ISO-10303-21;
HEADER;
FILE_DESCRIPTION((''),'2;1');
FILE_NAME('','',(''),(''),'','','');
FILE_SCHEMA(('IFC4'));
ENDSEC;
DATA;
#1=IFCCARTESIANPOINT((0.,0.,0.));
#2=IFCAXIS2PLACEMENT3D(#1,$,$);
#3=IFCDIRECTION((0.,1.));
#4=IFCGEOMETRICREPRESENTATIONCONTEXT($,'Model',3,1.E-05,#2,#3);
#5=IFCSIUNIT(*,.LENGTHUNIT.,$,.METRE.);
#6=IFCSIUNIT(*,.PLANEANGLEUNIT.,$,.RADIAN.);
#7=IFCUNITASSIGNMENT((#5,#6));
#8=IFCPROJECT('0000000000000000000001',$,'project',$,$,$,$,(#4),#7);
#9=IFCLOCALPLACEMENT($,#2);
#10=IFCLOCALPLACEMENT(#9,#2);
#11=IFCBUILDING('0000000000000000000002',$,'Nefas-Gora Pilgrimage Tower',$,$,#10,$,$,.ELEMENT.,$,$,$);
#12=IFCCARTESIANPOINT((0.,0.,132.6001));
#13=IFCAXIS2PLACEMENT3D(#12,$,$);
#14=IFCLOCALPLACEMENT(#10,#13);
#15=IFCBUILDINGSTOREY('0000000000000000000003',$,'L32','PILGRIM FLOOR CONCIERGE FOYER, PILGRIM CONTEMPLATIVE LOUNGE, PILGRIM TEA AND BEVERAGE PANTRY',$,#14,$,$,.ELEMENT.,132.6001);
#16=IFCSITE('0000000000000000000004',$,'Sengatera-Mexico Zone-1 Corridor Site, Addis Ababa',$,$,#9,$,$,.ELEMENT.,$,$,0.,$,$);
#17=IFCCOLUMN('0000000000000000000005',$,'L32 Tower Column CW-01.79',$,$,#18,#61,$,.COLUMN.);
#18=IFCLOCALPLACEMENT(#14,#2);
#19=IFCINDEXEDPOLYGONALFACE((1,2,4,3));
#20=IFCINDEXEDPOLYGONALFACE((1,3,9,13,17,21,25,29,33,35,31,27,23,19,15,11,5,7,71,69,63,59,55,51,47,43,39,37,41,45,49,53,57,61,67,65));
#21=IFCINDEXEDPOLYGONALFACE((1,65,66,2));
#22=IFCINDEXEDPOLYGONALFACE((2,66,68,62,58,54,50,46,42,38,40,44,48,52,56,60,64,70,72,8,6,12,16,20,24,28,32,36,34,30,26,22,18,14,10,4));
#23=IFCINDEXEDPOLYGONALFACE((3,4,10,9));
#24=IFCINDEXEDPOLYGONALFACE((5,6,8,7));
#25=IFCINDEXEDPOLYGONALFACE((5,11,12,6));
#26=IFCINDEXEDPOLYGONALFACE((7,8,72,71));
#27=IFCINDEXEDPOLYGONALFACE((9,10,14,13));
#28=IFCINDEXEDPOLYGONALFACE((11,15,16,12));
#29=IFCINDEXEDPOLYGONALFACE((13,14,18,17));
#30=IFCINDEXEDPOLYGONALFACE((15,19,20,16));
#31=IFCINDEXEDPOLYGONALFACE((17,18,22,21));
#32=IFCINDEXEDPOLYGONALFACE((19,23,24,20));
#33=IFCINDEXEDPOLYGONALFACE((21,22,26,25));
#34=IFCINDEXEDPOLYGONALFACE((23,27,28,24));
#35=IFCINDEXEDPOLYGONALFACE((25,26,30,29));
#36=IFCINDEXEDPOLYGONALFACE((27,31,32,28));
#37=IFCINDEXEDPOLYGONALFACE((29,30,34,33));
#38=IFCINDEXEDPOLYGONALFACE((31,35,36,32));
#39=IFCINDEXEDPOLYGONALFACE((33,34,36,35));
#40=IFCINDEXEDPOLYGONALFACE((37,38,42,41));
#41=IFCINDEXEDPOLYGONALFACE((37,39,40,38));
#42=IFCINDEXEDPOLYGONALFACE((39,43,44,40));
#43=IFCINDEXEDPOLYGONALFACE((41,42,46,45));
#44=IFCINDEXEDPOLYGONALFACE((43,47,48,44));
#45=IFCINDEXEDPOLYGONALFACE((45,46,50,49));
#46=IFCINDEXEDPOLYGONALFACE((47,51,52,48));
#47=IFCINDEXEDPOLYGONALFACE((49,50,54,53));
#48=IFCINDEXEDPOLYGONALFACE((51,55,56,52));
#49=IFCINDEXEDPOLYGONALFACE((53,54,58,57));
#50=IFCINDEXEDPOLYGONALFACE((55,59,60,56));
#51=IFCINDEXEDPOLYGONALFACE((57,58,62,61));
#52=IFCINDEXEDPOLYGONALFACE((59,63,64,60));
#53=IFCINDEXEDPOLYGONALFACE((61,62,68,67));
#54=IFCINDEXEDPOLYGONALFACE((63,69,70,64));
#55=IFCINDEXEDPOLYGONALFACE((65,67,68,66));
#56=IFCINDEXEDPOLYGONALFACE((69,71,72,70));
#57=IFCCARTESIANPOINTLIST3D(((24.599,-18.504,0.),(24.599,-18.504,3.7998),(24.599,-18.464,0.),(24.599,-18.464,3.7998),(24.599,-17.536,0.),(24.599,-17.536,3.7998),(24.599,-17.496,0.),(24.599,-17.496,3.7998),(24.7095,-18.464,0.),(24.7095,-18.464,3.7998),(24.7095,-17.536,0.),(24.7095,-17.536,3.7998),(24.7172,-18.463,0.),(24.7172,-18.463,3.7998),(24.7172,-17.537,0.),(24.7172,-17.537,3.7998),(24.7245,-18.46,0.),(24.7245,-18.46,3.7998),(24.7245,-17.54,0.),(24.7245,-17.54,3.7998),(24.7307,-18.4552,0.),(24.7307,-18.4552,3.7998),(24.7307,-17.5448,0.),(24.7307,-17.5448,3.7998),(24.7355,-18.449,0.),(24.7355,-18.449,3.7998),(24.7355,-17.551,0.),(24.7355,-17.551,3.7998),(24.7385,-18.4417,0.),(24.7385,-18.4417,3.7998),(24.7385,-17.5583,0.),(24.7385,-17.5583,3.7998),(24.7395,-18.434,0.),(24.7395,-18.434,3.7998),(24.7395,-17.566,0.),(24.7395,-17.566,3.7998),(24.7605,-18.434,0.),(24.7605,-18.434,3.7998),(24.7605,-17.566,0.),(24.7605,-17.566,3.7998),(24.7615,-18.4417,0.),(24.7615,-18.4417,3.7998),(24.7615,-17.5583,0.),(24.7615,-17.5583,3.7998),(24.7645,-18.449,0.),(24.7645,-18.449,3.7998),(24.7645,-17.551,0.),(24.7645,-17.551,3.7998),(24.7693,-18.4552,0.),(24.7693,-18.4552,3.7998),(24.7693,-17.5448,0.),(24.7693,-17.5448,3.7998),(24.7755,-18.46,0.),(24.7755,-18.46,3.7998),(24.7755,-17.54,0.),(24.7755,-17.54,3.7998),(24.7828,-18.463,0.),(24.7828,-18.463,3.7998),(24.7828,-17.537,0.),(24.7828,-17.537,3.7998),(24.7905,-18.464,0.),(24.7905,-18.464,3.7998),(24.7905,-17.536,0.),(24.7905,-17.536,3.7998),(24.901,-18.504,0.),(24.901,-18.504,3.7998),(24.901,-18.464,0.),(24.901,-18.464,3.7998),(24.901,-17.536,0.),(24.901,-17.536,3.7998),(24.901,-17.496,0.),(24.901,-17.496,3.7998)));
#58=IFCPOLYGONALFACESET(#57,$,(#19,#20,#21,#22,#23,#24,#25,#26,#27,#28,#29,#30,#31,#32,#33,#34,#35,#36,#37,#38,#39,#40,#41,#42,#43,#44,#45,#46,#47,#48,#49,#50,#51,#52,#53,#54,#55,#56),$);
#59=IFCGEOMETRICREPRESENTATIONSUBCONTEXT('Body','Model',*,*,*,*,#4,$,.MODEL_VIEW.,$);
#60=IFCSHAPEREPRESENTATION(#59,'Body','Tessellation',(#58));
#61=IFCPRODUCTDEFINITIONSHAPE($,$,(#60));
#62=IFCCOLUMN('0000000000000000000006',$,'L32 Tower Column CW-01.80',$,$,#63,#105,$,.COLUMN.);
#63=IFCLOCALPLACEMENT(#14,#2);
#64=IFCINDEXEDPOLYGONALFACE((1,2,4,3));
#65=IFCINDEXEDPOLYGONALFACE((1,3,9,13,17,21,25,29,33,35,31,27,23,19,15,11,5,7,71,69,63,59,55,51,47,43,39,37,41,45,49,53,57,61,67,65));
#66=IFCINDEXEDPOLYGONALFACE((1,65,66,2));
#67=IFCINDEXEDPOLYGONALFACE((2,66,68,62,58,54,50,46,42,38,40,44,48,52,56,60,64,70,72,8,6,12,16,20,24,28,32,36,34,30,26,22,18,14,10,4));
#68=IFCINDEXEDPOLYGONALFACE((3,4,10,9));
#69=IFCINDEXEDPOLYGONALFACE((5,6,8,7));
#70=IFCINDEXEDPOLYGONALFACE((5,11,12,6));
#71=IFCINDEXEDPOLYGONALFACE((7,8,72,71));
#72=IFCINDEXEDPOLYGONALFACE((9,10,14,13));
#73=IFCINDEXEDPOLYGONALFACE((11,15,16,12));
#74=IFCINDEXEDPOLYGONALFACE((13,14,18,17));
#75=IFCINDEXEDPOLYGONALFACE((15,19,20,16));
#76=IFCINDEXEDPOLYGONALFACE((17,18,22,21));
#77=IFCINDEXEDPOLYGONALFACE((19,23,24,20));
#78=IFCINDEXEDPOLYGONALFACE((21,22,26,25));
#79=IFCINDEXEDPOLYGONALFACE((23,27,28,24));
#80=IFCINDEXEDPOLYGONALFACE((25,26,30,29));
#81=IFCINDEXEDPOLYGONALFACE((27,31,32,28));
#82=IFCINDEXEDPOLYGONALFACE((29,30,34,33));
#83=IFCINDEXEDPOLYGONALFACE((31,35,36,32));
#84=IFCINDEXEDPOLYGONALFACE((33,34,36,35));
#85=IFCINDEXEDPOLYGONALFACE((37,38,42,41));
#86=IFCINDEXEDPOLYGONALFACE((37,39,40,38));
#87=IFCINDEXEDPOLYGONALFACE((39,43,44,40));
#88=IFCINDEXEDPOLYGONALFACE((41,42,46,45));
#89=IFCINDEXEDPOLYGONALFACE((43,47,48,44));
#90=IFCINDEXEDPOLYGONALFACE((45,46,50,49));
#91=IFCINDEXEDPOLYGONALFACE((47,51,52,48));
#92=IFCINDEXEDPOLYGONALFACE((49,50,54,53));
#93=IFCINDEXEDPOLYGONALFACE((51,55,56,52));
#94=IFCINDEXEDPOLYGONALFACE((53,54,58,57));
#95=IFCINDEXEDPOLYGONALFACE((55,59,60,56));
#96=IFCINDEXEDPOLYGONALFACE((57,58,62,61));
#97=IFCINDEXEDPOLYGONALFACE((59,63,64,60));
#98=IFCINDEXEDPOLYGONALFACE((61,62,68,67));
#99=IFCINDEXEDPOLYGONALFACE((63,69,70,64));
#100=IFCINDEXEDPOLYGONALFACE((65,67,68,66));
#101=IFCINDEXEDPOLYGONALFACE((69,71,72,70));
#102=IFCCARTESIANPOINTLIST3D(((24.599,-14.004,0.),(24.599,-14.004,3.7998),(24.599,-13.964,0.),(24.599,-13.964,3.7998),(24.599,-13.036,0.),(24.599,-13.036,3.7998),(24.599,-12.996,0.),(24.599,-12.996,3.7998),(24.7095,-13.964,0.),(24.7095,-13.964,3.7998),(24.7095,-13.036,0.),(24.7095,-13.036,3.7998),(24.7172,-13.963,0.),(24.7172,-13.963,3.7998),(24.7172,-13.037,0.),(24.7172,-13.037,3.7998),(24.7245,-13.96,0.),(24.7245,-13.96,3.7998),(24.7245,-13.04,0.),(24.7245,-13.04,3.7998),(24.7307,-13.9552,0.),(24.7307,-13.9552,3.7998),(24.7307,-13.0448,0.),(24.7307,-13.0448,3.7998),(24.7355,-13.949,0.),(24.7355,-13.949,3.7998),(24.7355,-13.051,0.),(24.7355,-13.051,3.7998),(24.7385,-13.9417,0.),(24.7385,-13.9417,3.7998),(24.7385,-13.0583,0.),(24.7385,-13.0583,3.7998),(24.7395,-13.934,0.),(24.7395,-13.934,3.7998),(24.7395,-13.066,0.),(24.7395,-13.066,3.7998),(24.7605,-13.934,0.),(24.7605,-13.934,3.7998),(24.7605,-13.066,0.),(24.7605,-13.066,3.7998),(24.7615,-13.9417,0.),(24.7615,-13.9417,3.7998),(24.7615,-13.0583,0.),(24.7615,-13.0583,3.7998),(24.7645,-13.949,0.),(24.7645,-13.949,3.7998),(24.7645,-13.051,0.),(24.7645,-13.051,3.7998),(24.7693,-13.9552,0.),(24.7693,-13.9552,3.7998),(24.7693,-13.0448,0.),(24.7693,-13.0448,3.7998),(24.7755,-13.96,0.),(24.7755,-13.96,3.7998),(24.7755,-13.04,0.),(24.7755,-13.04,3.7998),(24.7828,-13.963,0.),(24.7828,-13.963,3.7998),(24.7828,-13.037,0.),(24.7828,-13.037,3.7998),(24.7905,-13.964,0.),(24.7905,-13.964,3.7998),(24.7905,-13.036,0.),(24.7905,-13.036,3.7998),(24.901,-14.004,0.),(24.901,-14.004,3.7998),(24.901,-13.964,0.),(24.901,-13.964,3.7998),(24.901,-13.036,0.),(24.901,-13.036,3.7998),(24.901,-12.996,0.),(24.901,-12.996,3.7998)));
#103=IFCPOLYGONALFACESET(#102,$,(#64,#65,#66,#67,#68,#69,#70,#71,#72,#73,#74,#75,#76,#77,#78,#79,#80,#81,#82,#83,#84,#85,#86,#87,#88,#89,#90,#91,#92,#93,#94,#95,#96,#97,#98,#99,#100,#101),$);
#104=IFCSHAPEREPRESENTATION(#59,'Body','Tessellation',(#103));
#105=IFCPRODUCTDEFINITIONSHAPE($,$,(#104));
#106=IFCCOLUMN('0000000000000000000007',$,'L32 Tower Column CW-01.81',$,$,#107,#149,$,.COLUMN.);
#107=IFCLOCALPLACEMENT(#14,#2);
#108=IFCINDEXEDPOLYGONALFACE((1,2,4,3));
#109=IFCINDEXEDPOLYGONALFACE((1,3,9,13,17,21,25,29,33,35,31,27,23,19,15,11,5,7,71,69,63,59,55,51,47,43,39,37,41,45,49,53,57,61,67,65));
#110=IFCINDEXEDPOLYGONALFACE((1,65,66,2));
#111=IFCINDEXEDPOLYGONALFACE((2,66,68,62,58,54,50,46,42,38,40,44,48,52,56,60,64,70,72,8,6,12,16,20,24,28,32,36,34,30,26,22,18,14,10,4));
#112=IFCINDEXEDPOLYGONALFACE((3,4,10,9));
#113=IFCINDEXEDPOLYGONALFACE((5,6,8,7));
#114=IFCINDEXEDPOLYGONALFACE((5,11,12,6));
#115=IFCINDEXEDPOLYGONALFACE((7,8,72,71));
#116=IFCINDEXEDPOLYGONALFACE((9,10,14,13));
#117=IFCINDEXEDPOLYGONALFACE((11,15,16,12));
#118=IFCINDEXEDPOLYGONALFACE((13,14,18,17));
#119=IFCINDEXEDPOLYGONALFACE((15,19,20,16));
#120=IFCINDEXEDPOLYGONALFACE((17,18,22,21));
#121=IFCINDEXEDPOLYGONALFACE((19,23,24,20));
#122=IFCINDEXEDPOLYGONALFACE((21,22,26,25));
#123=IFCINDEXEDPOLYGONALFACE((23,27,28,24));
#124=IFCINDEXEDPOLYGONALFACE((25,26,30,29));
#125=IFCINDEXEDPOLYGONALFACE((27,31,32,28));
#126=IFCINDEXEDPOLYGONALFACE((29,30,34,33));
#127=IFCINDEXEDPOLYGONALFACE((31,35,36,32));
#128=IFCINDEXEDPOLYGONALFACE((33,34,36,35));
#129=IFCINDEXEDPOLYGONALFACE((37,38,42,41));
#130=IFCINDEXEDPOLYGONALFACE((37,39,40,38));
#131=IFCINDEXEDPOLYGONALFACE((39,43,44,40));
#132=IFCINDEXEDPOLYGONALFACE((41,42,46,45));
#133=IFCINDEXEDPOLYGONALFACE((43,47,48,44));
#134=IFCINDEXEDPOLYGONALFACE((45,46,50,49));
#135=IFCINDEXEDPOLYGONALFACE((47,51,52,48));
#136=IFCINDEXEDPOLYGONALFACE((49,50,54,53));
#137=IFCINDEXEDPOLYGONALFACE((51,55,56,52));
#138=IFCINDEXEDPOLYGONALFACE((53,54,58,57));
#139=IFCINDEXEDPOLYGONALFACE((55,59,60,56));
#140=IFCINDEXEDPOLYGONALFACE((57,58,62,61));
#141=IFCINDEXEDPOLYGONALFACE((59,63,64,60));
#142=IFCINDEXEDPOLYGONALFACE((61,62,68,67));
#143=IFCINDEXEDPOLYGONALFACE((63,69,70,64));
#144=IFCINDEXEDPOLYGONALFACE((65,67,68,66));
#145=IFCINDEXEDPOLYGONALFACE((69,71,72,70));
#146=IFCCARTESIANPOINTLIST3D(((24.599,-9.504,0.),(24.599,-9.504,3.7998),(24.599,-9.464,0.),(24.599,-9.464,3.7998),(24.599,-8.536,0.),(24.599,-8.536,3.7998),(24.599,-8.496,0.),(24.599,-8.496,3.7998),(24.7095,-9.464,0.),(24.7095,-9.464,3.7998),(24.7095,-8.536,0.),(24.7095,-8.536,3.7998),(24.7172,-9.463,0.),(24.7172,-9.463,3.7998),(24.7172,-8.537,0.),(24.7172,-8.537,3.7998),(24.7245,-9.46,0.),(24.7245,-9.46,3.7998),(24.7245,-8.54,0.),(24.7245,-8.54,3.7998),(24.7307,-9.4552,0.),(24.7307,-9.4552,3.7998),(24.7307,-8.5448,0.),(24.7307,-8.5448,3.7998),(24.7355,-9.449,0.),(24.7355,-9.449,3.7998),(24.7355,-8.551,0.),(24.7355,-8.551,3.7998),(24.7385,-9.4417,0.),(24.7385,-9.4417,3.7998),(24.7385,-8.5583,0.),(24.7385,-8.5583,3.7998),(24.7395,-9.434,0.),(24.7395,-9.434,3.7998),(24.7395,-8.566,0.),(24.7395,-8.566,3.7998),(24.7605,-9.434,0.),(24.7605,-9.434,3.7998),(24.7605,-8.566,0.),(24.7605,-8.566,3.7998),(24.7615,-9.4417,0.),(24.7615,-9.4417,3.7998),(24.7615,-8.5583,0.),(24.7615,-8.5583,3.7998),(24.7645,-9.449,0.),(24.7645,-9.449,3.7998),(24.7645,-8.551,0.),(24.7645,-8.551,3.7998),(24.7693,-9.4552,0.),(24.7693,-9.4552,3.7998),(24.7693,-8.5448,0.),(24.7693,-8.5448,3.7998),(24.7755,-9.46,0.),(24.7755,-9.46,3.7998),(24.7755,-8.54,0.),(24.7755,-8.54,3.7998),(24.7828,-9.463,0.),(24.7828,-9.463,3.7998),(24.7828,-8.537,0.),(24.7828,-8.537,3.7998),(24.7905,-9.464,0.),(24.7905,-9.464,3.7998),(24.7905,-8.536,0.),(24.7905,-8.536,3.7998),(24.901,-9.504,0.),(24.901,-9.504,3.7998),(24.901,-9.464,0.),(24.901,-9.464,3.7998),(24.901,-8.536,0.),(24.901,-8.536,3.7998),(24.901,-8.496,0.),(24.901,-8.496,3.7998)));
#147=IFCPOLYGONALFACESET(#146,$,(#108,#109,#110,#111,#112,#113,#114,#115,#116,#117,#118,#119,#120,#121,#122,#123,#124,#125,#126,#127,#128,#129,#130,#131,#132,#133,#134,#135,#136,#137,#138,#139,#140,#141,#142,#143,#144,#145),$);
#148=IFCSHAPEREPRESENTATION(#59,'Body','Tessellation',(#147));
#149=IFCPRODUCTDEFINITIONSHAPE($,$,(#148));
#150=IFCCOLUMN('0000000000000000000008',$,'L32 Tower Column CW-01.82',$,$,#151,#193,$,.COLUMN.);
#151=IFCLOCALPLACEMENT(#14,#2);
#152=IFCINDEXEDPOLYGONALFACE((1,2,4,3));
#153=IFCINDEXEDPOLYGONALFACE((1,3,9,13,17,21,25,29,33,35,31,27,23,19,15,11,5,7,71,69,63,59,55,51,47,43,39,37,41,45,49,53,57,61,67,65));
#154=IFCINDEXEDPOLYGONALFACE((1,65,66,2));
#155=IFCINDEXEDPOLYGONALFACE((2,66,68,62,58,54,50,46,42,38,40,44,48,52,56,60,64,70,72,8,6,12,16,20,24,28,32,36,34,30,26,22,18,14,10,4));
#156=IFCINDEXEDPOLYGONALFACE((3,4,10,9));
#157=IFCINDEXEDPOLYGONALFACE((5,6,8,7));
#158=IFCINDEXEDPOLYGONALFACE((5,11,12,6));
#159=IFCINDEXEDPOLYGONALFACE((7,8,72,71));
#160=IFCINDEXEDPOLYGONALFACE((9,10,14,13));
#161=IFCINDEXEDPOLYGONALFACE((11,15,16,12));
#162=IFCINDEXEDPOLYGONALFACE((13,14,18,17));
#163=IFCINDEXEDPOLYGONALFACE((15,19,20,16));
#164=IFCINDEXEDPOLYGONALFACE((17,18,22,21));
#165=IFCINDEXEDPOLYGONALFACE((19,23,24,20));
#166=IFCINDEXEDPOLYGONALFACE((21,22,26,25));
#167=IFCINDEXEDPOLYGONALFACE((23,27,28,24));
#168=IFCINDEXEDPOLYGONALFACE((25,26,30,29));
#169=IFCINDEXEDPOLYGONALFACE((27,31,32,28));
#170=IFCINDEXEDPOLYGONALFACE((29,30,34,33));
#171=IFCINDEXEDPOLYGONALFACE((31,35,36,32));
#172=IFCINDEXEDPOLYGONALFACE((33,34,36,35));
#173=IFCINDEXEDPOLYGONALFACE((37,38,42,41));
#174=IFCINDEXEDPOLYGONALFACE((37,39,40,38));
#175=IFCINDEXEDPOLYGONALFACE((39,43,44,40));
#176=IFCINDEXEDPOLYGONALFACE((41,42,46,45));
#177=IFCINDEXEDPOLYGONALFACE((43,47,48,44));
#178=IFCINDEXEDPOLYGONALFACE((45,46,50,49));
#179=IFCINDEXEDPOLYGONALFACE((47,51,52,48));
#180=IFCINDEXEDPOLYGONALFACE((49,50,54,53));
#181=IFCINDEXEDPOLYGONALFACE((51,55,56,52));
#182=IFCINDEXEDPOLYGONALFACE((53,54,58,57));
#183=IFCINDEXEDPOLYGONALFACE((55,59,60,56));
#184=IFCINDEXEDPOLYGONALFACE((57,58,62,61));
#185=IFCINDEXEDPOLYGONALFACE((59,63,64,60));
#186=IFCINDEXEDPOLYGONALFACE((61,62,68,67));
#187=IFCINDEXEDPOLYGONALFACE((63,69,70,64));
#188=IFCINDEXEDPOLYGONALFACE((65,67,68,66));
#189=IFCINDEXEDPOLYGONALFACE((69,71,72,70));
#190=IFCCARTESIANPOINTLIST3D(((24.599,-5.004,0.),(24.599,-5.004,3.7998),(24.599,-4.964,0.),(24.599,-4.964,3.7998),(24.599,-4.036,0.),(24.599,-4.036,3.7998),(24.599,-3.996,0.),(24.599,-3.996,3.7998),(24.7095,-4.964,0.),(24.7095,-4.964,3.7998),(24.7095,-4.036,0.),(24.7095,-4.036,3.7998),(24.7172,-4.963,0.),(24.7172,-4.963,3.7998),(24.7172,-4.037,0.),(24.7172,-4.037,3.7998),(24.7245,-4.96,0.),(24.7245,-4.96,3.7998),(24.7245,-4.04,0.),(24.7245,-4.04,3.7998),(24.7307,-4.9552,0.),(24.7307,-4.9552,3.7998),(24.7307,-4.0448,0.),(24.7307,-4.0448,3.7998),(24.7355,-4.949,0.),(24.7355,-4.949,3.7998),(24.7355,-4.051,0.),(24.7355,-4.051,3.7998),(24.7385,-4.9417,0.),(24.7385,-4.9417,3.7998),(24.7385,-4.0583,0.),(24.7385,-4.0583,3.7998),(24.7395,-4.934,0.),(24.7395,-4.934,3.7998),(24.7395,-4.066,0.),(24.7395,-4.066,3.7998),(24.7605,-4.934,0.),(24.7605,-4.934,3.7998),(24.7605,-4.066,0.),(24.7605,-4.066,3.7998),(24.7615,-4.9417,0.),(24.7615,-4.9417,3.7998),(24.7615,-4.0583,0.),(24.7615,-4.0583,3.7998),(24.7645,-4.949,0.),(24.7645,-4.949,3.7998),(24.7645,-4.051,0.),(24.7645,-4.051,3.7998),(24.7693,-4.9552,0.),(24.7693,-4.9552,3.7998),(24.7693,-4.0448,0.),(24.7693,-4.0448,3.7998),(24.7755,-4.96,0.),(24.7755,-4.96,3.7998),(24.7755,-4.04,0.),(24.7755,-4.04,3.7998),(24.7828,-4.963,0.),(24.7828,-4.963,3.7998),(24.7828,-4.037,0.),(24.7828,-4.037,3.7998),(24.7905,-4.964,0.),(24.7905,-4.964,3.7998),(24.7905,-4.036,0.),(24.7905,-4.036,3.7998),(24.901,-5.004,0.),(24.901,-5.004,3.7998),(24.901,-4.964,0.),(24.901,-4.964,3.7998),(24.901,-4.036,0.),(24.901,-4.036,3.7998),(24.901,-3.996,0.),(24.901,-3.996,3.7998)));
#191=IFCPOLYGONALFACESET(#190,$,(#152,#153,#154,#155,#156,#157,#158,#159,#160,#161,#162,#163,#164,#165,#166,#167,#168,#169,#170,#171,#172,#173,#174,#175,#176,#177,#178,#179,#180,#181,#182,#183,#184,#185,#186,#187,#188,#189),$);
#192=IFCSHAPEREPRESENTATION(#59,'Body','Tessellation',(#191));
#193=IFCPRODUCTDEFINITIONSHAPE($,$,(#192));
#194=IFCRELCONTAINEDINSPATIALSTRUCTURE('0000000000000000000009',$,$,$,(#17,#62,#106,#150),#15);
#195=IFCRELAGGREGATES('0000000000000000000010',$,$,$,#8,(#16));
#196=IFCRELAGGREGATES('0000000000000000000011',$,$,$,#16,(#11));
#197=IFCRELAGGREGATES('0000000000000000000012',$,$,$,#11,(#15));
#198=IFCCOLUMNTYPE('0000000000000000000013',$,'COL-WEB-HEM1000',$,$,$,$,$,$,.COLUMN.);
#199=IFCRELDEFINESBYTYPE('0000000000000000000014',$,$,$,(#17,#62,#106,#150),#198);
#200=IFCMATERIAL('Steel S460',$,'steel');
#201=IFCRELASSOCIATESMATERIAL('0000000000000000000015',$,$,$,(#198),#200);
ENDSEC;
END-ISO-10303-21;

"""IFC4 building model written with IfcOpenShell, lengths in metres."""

from ifc_helpers import new_model, si_unit, direction, frame, origin, origin_2d, place, context, subcontext, project, spatial, i_section, extrude, source, transform, mapped, material, material_profile, profile_set, type_object, element, save


model = new_model("IFC4")

# Units and contexts
model_context = context("Model", 3, precision=1e-05, world=origin(), true_north=direction((0.0, 1.0)))
body_context = subcontext(model_context, "Body", "Model", "MODEL_VIEW")
ifc_project = project(units=[si_unit("LENGTHUNIT", "METRE"), si_unit("PLANEANGLEUNIT", "RADIAN")], contexts=[model_context])

# Site, building, storey
site_placement = place(None, origin())
site = spatial("IfcSite", under=ifc_project, at=site_placement, Name="Sengatera-Mexico Zone-1 Corridor Site, Addis Ababa", CompositionType="ELEMENT", RefElevation=0.0)
building_placement = place(site_placement, origin())
building = spatial("IfcBuilding", under=site, at=building_placement, Name="Nefas-Gora Pilgrimage Tower", CompositionType="ELEMENT")
storey_placement = place(building_placement, frame((0.0, 0.0, 132.6001)))
storey = spatial("IfcBuildingStorey", under=building, at=storey_placement, Name="L32", Description="PILGRIM FLOOR CONCIERGE FOYER, PILGRIM CONTEMPLATIVE LOUNGE, PILGRIM TEA AND BEVERAGE PANTRY", CompositionType="ELEMENT", Elevation=132.6001)

# Columns
ifc_material_1 = material(Name="Steel S460", Category="steel")
ifc_material_profile_1 = material_profile(ifc_material_1, i_section(OverallWidth=0.302, OverallDepth=1.0081, WebThickness=0.021, FlangeThickness=0.04, FilletRadius=0.03, at=origin_2d()), Name="HEM 1000")
ifc_profile_set_1 = profile_set([ifc_material_profile_1], Name="Steel S460")
column_type_1 = type_object("IfcColumnType", Name="COL-WEB-HEM1000", PredefinedType="COLUMN", material=ifc_profile_set_1)
shared_shape_1 = source(origin(), body_context, "Body", "SweptSolid", [
    extrude(i_section(OverallWidth=0.302, OverallDepth=1.0081, WebThickness=0.021, FlangeThickness=0.04, FilletRadius=0.03, at=origin_2d()), origin(), (0.0, 0.0, 1.0), 3.7998),
])
for number, where, z_axis, x_axis, name in (
    (1, (24.75, -18.0, 0.0), (0.0, 0.0, 1.0), (1.0, 0.0, 0.0), "L32 Tower Column CW-01.79"),
    (2, (24.75, -13.5, 0.0), (0.0, 0.0, 1.0), (1.0, 0.0, 0.0), "L32 Tower Column CW-01.80"),
    (3, (24.75, -9.0, 0.0), (0.0, 0.0, 1.0), (1.0, 0.0, 0.0), "L32 Tower Column CW-01.81"),
    (4, (24.75, -4.5, 0.0), (0.0, 0.0, 1.0), (1.0, 0.0, 0.0), "L32 Tower Column CW-01.82"),
):
    element("IfcColumn", number, at=place(storey_placement, frame(where, z_axis=z_axis, x_axis=x_axis)), inside=storey, type_object=column_type_1, Name=name, PredefinedType="COLUMN", context=body_context, shape_type="MappedRepresentation", body=[
        mapped(shared_shape_1, transform((0.0, 0.0, 0.0), x_axis=(1.0, 0.0, 0.0), y_axis=(0.0, 1.0, 0.0), z_axis=(0.0, 0.0, 1.0), scale=1.0)),
    ])

save(model, "model.ifc")
